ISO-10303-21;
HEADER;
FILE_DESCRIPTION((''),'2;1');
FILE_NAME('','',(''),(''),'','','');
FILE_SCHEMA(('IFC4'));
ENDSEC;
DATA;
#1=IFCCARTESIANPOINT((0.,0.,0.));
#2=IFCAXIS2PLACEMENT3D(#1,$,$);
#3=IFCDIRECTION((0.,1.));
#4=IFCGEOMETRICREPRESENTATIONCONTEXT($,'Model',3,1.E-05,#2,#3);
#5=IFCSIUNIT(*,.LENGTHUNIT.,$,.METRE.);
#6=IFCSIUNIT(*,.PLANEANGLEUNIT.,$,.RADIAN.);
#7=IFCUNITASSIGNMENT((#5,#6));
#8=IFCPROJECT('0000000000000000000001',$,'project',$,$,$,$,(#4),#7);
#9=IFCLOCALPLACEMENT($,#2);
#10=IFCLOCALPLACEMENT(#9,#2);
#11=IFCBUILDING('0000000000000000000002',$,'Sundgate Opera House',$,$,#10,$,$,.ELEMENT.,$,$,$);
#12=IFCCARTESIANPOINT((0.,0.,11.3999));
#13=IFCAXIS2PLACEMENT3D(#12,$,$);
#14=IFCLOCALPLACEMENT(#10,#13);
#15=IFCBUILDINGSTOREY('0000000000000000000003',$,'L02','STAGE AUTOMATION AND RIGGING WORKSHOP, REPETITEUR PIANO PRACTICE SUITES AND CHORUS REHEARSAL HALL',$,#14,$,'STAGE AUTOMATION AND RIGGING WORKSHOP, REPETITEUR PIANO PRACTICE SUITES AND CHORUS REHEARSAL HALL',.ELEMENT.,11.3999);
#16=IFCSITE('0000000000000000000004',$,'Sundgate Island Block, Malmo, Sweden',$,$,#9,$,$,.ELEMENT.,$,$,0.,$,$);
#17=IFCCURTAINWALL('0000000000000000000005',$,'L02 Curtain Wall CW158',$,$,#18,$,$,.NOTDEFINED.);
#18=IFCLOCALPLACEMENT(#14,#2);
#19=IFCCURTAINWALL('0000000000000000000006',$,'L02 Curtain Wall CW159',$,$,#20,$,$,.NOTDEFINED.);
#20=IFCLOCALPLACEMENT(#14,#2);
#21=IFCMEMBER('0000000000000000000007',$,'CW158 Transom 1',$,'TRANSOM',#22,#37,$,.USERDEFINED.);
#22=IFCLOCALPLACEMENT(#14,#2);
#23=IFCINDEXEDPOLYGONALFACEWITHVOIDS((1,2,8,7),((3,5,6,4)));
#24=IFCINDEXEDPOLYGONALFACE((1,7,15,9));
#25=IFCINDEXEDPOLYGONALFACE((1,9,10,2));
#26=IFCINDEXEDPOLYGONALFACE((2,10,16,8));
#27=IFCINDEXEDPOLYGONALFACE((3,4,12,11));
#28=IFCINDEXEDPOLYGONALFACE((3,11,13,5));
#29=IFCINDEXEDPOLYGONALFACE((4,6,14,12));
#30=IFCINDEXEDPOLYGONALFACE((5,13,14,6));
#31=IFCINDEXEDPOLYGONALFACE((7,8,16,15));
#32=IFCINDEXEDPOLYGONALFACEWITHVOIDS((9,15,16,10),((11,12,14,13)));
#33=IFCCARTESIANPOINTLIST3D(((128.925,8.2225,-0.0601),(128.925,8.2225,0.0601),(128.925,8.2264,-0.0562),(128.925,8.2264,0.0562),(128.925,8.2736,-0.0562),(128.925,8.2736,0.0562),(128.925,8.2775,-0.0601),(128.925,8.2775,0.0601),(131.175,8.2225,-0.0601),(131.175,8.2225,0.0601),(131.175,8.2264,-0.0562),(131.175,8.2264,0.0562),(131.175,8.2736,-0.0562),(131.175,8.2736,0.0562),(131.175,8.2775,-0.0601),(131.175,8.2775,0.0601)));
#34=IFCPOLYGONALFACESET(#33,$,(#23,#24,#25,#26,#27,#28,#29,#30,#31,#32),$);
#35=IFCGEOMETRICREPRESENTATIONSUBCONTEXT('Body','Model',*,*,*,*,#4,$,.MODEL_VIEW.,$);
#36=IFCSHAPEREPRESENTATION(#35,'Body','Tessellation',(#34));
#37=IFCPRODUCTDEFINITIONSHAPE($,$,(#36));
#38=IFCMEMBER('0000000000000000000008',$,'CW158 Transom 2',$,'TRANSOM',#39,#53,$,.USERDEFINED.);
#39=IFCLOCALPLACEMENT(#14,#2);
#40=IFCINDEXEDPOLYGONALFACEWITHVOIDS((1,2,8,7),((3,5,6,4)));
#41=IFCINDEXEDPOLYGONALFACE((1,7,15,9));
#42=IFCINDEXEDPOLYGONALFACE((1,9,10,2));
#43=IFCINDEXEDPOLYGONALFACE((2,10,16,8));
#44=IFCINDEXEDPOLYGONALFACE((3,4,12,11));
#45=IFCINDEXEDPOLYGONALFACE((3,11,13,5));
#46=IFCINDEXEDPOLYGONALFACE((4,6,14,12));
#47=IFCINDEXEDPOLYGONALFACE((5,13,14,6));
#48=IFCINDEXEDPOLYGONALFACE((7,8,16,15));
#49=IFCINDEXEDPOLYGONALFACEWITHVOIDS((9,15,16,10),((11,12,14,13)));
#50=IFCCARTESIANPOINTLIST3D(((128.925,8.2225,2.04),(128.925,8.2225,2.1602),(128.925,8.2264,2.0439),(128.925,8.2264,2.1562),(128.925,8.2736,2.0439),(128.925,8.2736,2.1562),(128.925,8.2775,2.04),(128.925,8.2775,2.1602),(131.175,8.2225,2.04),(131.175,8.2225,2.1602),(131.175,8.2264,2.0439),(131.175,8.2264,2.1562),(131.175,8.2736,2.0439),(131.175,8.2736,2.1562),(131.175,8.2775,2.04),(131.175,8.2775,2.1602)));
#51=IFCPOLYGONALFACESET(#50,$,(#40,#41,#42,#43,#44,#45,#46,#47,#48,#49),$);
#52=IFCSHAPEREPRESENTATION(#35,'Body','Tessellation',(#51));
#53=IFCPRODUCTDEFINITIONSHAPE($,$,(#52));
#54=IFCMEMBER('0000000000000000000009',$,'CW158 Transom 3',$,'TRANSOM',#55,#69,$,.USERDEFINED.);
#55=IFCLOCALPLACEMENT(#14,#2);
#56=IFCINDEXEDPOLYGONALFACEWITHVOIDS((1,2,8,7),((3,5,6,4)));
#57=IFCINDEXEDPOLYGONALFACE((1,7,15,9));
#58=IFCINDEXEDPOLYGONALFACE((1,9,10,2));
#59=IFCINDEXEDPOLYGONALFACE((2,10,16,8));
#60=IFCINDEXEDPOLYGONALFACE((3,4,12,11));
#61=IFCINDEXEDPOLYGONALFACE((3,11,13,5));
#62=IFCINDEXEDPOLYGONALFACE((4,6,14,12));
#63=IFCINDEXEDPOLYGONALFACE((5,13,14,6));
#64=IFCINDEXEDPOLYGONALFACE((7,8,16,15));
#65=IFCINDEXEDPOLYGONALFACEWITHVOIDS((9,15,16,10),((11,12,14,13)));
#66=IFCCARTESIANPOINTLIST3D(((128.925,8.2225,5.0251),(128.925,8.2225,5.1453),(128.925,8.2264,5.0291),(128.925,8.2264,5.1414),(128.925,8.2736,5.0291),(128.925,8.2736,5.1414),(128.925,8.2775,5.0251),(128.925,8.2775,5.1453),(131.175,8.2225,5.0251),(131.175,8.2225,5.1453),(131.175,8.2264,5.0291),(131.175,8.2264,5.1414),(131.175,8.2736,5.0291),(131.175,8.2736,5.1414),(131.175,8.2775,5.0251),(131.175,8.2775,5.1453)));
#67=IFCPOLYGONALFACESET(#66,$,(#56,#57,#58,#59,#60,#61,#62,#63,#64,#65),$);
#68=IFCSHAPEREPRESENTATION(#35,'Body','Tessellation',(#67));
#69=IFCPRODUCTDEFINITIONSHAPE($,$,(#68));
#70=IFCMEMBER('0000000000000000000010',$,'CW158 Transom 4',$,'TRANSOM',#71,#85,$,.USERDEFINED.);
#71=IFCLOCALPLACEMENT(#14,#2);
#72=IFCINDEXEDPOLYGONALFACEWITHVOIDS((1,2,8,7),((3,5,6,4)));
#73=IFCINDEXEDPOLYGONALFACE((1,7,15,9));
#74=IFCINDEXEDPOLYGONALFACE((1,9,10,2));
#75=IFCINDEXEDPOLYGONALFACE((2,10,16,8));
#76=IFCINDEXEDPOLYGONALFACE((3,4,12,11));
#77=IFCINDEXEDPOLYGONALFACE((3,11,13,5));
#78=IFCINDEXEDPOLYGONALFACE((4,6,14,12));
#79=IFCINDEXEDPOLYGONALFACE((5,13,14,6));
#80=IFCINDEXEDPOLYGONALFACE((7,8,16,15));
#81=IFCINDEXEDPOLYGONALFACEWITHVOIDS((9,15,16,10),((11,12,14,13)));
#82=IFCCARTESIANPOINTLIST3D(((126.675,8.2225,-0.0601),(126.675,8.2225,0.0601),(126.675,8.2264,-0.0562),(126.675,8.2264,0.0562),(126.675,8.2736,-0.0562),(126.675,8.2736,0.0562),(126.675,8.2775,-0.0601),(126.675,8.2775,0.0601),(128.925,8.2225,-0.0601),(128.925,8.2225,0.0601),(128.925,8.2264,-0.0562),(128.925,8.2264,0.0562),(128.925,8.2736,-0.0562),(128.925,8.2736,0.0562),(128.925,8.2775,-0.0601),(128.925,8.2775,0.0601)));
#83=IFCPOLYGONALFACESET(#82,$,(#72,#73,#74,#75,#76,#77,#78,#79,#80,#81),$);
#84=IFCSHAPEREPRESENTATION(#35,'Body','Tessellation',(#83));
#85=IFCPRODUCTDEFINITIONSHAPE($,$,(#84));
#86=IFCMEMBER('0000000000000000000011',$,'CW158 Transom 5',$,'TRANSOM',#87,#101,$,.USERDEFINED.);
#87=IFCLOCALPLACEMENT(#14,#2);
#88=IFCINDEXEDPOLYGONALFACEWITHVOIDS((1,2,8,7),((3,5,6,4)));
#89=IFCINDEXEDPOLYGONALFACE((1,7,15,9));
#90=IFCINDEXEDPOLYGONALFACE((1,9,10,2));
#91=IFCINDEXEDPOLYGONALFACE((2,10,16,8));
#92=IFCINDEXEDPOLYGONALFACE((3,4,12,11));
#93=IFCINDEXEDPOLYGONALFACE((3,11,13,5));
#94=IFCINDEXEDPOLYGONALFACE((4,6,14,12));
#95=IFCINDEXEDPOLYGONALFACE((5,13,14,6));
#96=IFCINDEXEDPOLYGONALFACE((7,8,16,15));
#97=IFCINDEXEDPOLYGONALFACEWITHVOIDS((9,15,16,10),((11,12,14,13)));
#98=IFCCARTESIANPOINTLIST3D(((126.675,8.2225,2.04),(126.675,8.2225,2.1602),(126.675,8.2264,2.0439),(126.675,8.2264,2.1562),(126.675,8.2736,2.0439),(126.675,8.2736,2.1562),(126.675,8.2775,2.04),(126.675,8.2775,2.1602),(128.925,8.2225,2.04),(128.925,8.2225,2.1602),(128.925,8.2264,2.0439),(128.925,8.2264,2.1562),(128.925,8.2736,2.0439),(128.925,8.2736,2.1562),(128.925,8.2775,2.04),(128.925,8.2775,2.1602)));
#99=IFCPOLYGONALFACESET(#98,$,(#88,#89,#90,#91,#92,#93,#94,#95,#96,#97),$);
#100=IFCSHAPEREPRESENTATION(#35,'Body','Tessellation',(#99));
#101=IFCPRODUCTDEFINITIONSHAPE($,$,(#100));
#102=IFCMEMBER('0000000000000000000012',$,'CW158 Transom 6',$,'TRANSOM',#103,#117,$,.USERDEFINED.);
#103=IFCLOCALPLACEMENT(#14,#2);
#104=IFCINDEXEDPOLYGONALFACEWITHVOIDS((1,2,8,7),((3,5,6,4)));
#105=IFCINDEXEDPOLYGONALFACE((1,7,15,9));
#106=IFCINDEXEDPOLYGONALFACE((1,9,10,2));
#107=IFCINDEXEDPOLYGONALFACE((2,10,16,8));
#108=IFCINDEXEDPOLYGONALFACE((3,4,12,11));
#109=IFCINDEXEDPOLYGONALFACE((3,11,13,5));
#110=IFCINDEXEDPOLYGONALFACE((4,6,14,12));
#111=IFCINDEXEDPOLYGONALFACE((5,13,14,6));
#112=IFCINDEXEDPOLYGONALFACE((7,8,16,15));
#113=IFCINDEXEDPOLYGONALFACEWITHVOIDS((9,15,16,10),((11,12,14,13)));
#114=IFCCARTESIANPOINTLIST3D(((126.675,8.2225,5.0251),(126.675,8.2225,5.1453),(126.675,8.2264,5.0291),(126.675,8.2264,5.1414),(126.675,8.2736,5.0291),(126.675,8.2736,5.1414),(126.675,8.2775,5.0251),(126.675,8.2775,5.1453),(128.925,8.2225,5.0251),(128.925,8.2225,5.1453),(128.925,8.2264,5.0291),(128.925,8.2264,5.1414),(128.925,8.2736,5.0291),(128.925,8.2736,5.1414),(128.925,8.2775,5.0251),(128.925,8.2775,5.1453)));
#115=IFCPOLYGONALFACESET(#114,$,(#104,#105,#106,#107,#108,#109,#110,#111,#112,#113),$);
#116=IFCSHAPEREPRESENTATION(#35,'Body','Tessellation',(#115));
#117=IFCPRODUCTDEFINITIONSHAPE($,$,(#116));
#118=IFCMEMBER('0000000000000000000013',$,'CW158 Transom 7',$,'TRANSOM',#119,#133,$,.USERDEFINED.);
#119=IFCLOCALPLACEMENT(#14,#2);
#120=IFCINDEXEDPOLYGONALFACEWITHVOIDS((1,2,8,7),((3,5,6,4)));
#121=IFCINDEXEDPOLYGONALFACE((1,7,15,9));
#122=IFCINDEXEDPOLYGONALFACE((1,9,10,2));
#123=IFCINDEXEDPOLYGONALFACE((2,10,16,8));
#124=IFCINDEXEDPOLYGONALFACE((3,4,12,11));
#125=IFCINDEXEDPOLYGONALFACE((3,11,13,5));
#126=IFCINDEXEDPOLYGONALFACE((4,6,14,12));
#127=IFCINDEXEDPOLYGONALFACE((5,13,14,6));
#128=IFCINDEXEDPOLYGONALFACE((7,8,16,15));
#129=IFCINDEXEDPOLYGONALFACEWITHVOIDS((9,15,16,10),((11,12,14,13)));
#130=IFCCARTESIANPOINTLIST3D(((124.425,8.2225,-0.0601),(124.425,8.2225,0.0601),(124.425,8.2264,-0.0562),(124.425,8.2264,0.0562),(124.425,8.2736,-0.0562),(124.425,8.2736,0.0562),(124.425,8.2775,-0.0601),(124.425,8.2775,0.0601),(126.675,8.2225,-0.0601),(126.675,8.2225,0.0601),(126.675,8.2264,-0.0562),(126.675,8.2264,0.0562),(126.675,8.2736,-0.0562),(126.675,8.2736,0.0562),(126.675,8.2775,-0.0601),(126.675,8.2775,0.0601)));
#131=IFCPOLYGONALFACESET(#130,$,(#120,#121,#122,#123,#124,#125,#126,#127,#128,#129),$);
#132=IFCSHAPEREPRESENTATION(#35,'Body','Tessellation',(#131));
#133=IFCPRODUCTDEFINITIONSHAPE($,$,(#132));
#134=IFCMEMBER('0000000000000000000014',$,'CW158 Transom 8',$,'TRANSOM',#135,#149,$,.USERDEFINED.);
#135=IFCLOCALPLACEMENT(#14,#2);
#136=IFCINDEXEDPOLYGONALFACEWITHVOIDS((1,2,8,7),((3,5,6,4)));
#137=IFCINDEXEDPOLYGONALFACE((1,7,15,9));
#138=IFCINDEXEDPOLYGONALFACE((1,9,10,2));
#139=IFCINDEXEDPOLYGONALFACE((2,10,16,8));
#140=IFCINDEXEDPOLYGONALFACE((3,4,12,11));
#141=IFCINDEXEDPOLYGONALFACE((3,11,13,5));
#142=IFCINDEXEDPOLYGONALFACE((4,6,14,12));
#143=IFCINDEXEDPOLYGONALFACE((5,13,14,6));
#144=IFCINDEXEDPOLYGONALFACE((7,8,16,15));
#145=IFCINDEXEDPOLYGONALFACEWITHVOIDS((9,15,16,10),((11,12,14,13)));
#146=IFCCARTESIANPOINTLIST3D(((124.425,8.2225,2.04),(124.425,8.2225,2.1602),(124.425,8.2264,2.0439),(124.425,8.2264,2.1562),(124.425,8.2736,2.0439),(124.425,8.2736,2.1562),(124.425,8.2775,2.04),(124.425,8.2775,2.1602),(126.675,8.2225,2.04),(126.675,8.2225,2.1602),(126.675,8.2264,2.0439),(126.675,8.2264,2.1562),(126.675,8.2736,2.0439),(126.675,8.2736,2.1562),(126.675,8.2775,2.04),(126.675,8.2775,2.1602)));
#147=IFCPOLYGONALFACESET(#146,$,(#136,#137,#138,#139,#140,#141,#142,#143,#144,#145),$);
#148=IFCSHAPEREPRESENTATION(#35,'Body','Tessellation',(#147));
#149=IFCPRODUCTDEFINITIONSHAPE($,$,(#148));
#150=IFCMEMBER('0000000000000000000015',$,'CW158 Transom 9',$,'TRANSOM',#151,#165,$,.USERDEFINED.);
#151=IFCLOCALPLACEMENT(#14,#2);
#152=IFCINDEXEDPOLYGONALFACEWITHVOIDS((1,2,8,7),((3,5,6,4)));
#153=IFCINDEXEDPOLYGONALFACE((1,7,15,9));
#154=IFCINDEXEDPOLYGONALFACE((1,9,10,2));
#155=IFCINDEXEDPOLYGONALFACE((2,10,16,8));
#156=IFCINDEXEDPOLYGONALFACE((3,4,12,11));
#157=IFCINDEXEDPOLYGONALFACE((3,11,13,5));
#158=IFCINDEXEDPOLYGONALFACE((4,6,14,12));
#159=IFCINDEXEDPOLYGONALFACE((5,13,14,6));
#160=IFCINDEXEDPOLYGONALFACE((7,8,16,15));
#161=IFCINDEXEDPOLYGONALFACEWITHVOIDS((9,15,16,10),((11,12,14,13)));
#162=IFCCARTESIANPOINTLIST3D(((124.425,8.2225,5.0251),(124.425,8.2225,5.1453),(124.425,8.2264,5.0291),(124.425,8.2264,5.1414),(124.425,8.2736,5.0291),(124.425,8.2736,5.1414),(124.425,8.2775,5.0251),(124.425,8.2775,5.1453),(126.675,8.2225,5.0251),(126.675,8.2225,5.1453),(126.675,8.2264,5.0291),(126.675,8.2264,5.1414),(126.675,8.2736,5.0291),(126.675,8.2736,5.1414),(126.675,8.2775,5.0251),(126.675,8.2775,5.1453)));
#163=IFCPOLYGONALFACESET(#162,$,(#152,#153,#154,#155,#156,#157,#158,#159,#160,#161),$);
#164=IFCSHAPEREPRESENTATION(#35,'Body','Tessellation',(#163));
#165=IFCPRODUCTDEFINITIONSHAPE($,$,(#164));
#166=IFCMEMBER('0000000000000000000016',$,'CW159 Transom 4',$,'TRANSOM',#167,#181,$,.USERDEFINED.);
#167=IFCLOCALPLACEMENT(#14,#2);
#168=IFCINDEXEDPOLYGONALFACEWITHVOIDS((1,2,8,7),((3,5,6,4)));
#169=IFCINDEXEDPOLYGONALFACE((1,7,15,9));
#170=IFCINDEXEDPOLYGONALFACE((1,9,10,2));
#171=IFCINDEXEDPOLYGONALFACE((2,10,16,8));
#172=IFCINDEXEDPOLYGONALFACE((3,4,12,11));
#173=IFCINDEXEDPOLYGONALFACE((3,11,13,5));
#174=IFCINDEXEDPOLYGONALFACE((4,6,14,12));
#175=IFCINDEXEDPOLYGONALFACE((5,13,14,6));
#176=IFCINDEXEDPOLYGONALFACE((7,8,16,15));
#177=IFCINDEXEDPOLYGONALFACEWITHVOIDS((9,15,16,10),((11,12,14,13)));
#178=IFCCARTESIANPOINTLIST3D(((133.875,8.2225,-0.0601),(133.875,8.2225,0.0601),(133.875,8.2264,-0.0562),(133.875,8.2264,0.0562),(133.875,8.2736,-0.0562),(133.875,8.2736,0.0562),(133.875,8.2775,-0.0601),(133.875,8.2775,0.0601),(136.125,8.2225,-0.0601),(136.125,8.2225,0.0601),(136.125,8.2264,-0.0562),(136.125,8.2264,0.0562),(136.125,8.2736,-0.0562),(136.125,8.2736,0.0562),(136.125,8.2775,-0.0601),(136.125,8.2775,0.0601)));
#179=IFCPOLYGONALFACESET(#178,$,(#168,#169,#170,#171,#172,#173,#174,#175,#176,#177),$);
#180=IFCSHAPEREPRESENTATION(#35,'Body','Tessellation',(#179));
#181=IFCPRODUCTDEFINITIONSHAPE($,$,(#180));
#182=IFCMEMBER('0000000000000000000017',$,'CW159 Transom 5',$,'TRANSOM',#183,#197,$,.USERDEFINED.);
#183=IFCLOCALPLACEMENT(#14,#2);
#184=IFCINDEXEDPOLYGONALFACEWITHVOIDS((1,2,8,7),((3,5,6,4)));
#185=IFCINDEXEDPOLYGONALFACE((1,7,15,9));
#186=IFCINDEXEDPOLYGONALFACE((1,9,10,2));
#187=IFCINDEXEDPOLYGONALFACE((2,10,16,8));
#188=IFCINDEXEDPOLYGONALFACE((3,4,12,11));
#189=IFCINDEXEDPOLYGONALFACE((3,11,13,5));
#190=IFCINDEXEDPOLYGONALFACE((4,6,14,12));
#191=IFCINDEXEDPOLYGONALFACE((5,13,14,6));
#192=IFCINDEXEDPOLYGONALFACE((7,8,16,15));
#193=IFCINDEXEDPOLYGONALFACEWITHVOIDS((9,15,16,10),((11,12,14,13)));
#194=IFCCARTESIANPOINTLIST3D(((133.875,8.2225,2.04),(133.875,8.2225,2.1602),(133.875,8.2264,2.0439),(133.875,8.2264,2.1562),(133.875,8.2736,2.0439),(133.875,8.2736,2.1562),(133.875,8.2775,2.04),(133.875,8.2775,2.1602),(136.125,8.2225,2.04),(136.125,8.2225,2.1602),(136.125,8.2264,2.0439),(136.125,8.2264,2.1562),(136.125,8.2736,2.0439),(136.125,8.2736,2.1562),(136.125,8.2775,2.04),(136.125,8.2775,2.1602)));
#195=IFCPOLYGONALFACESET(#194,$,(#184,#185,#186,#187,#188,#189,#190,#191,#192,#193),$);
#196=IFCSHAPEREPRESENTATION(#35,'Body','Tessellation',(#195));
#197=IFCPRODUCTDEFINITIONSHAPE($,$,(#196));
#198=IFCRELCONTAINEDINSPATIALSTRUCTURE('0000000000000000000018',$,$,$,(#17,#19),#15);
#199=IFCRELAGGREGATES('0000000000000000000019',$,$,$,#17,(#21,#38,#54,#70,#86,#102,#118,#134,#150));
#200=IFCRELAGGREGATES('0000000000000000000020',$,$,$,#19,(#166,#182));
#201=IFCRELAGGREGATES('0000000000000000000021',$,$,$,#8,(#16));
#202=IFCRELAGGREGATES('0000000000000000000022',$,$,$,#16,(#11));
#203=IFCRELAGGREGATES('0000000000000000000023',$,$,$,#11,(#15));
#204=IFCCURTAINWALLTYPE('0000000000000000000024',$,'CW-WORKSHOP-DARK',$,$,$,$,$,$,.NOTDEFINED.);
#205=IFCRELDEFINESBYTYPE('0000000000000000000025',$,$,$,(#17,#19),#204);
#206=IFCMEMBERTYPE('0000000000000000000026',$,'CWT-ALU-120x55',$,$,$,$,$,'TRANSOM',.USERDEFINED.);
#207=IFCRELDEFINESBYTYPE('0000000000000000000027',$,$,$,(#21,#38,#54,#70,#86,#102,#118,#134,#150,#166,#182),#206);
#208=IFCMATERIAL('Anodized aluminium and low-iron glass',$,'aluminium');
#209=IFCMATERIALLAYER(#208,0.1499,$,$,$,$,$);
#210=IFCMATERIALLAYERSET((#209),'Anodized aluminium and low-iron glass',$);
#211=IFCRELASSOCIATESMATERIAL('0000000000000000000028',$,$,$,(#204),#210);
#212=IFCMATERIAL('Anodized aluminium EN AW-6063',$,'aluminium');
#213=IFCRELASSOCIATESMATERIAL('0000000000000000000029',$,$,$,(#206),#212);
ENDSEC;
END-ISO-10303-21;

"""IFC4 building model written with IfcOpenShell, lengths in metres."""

from ifc_helpers import new_model, si_unit, direction, frame, origin, origin_2d, place, context, subcontext, project, spatial, hollow_rectangle, extrude, material, layer, layer_set, material_profile, profile_set, type_object, element, aggregate, save


model = new_model("IFC4")

# Units and contexts
model_context = context("Model", 3, precision=1e-05, world=origin(), true_north=direction((0.0, 1.0)))
body_context = subcontext(model_context, "Body", "Model", "MODEL_VIEW")
ifc_project = project(units=[si_unit("LENGTHUNIT", "METRE"), si_unit("PLANEANGLEUNIT", "RADIAN")], contexts=[model_context])

# Site, building, storey
site_placement = place(None, origin())
site = spatial("IfcSite", under=ifc_project, at=site_placement, Name="Sundgate Island Block, Malmo, Sweden", CompositionType="ELEMENT", RefElevation=0.0)
building_placement = place(site_placement, origin())
building = spatial("IfcBuilding", under=site, at=building_placement, Name="Sundgate Opera House", CompositionType="ELEMENT")
storey_placement = place(building_placement, frame((0.0, 0.0, 11.3999)))
storey = spatial("IfcBuildingStorey", under=building, at=storey_placement, Name="L02", Description="STAGE AUTOMATION AND RIGGING WORKSHOP, REPETITEUR PIANO PRACTICE SUITES AND CHORUS REHEARSAL HALL", LongName="STAGE AUTOMATION AND RIGGING WORKSHOP, REPETITEUR PIANO PRACTICE SUITES AND CHORUS REHEARSAL HALL", CompositionType="ELEMENT", Elevation=11.3999)

# Curtain walls
ifc_material_1 = material(Name="Anodized aluminium and low-iron glass", Category="aluminium")
ifc_layer_1 = layer(ifc_material_1, 0.1499)
ifc_layer_set_1 = layer_set([ifc_layer_1], Name="Anodized aluminium and low-iron glass")
curtain_wall_type = type_object("IfcCurtainWallType", Name="CW-WORKSHOP-DARK", PredefinedType="NOTDEFINED", material=ifc_layer_set_1)
curtain_wall_1_placement = place(storey_placement, origin())
curtain_wall_1 = element("IfcCurtainWall", 1, at=curtain_wall_1_placement, inside=storey, type_object=curtain_wall_type, Name="L02 Curtain Wall CW158", PredefinedType="NOTDEFINED")
curtain_wall_2_placement = place(storey_placement, origin())
curtain_wall_2 = element("IfcCurtainWall", 2, at=curtain_wall_2_placement, inside=storey, type_object=curtain_wall_type, Name="L02 Curtain Wall CW159", PredefinedType="NOTDEFINED")

# Members
ifc_material_2 = material(Name="Anodized aluminium EN AW-6063", Category="aluminium")
ifc_material_profile_1 = material_profile(ifc_material_2, hollow_rectangle(XDim=0.0549, YDim=0.1201, WallThickness=0.0039, at=origin_2d()), Name="CWT 120x55x4")
ifc_profile_set_1 = profile_set([ifc_material_profile_1], Name="Anodized aluminium EN AW-6063")
member_type_1 = type_object("IfcMemberType", Name="CWT-ALU-120x55", ElementType="TRANSOM", PredefinedType="USERDEFINED", material=ifc_profile_set_1)
member_1_placement = place(storey_placement, frame((131.175, 8.25, 0.0), z_axis=(-1.0, 0.0, 0.0), x_axis=(0.0, -1.0, 0.0)))
member_1 = element("IfcMember", 3, at=member_1_placement, type_object=member_type_1, Name="CW158 Transom 1", ObjectType="TRANSOM", PredefinedType="USERDEFINED", context=body_context, shape_type="SweptSolid", body=[
    extrude(hollow_rectangle(XDim=0.0549, YDim=0.1201, WallThickness=0.0039, at=origin_2d()), origin(), (0.0, 0.0, 1.0), 2.25),
])
member_2_placement = place(storey_placement, frame((131.175, 8.25, 2.1001), z_axis=(-1.0, 0.0, 0.0), x_axis=(0.0, -1.0, 0.0)))
member_2 = element("IfcMember", 4, at=member_2_placement, type_object=member_type_1, Name="CW158 Transom 2", ObjectType="TRANSOM", PredefinedType="USERDEFINED", context=body_context, shape_type="SweptSolid", body=[
    extrude(hollow_rectangle(XDim=0.0549, YDim=0.1201, WallThickness=0.0039, at=origin_2d()), origin(), (0.0, 0.0, 1.0), 2.25),
])
member_3_placement = place(storey_placement, frame((131.175, 8.25, 5.0852), z_axis=(-1.0, 0.0, 0.0), x_axis=(0.0, -1.0, 0.0)))
member_3 = element("IfcMember", 5, at=member_3_placement, type_object=member_type_1, Name="CW158 Transom 3", ObjectType="TRANSOM", PredefinedType="USERDEFINED", context=body_context, shape_type="SweptSolid", body=[
    extrude(hollow_rectangle(XDim=0.0549, YDim=0.1201, WallThickness=0.0039, at=origin_2d()), origin(), (0.0, 0.0, 1.0), 2.25),
])
member_4_placement = place(storey_placement, frame((128.925, 8.25, 0.0), z_axis=(-1.0, 0.0, 0.0), x_axis=(0.0, -1.0, 0.0)))
member_4 = element("IfcMember", 6, at=member_4_placement, type_object=member_type_1, Name="CW158 Transom 4", ObjectType="TRANSOM", PredefinedType="USERDEFINED", context=body_context, shape_type="SweptSolid", body=[
    extrude(hollow_rectangle(XDim=0.0549, YDim=0.1201, WallThickness=0.0039, at=origin_2d()), origin(), (0.0, 0.0, 1.0), 2.25),
])
member_5_placement = place(storey_placement, frame((128.925, 8.25, 2.1001), z_axis=(-1.0, 0.0, 0.0), x_axis=(0.0, -1.0, 0.0)))
member_5 = element("IfcMember", 7, at=member_5_placement, type_object=member_type_1, Name="CW158 Transom 5", ObjectType="TRANSOM", PredefinedType="USERDEFINED", context=body_context, shape_type="SweptSolid", body=[
    extrude(hollow_rectangle(XDim=0.0549, YDim=0.1201, WallThickness=0.0039, at=origin_2d()), origin(), (0.0, 0.0, 1.0), 2.25),
])
member_6_placement = place(storey_placement, frame((128.925, 8.25, 5.0852), z_axis=(-1.0, 0.0, 0.0), x_axis=(0.0, -1.0, 0.0)))
member_6 = element("IfcMember", 8, at=member_6_placement, type_object=member_type_1, Name="CW158 Transom 6", ObjectType="TRANSOM", PredefinedType="USERDEFINED", context=body_context, shape_type="SweptSolid", body=[
    extrude(hollow_rectangle(XDim=0.0549, YDim=0.1201, WallThickness=0.0039, at=origin_2d()), origin(), (0.0, 0.0, 1.0), 2.25),
])
member_7_placement = place(storey_placement, frame((126.675, 8.25, 0.0), z_axis=(-1.0, 0.0, 0.0), x_axis=(0.0, -1.0, 0.0)))
member_7 = element("IfcMember", 9, at=member_7_placement, type_object=member_type_1, Name="CW158 Transom 7", ObjectType="TRANSOM", PredefinedType="USERDEFINED", context=body_context, shape_type="SweptSolid", body=[
    extrude(hollow_rectangle(XDim=0.0549, YDim=0.1201, WallThickness=0.0039, at=origin_2d()), origin(), (0.0, 0.0, 1.0), 2.25),
])
member_8_placement = place(storey_placement, frame((126.675, 8.25, 2.1001), z_axis=(-1.0, 0.0, 0.0), x_axis=(0.0, -1.0, 0.0)))
member_8 = element("IfcMember", 10, at=member_8_placement, type_object=member_type_1, Name="CW158 Transom 8", ObjectType="TRANSOM", PredefinedType="USERDEFINED", context=body_context, shape_type="SweptSolid", body=[
    extrude(hollow_rectangle(XDim=0.0549, YDim=0.1201, WallThickness=0.0039, at=origin_2d()), origin(), (0.0, 0.0, 1.0), 2.25),
])
member_9_placement = place(storey_placement, frame((126.675, 8.25, 5.0852), z_axis=(-1.0, 0.0, 0.0), x_axis=(0.0, -1.0, 0.0)))
member_9 = element("IfcMember", 11, at=member_9_placement, type_object=member_type_1, Name="CW158 Transom 9", ObjectType="TRANSOM", PredefinedType="USERDEFINED", context=body_context, shape_type="SweptSolid", body=[
    extrude(hollow_rectangle(XDim=0.0549, YDim=0.1201, WallThickness=0.0039, at=origin_2d()), origin(), (0.0, 0.0, 1.0), 2.25),
])
member_10_placement = place(storey_placement, frame((136.125, 8.25, 0.0), z_axis=(-1.0, 0.0, 0.0), x_axis=(0.0, -1.0, 0.0)))
member_10 = element("IfcMember", 12, at=member_10_placement, type_object=member_type_1, Name="CW159 Transom 4", ObjectType="TRANSOM", PredefinedType="USERDEFINED", context=body_context, shape_type="SweptSolid", body=[
    extrude(hollow_rectangle(XDim=0.0549, YDim=0.1201, WallThickness=0.0039, at=origin_2d()), origin(), (0.0, 0.0, 1.0), 2.25),
])
member_11_placement = place(storey_placement, frame((136.125, 8.25, 2.1001), z_axis=(-1.0, 0.0, 0.0), x_axis=(0.0, -1.0, 0.0)))
member_11 = element("IfcMember", 13, at=member_11_placement, type_object=member_type_1, Name="CW159 Transom 5", ObjectType="TRANSOM", PredefinedType="USERDEFINED", context=body_context, shape_type="SweptSolid", body=[
    extrude(hollow_rectangle(XDim=0.0549, YDim=0.1201, WallThickness=0.0039, at=origin_2d()), origin(), (0.0, 0.0, 1.0), 2.25),
])

aggregate(curtain_wall_1, [member_1, member_2, member_3, member_4, member_5, member_6, member_7, member_8, member_9])
aggregate(curtain_wall_2, [member_10, member_11])

save(model, "model.ifc")
